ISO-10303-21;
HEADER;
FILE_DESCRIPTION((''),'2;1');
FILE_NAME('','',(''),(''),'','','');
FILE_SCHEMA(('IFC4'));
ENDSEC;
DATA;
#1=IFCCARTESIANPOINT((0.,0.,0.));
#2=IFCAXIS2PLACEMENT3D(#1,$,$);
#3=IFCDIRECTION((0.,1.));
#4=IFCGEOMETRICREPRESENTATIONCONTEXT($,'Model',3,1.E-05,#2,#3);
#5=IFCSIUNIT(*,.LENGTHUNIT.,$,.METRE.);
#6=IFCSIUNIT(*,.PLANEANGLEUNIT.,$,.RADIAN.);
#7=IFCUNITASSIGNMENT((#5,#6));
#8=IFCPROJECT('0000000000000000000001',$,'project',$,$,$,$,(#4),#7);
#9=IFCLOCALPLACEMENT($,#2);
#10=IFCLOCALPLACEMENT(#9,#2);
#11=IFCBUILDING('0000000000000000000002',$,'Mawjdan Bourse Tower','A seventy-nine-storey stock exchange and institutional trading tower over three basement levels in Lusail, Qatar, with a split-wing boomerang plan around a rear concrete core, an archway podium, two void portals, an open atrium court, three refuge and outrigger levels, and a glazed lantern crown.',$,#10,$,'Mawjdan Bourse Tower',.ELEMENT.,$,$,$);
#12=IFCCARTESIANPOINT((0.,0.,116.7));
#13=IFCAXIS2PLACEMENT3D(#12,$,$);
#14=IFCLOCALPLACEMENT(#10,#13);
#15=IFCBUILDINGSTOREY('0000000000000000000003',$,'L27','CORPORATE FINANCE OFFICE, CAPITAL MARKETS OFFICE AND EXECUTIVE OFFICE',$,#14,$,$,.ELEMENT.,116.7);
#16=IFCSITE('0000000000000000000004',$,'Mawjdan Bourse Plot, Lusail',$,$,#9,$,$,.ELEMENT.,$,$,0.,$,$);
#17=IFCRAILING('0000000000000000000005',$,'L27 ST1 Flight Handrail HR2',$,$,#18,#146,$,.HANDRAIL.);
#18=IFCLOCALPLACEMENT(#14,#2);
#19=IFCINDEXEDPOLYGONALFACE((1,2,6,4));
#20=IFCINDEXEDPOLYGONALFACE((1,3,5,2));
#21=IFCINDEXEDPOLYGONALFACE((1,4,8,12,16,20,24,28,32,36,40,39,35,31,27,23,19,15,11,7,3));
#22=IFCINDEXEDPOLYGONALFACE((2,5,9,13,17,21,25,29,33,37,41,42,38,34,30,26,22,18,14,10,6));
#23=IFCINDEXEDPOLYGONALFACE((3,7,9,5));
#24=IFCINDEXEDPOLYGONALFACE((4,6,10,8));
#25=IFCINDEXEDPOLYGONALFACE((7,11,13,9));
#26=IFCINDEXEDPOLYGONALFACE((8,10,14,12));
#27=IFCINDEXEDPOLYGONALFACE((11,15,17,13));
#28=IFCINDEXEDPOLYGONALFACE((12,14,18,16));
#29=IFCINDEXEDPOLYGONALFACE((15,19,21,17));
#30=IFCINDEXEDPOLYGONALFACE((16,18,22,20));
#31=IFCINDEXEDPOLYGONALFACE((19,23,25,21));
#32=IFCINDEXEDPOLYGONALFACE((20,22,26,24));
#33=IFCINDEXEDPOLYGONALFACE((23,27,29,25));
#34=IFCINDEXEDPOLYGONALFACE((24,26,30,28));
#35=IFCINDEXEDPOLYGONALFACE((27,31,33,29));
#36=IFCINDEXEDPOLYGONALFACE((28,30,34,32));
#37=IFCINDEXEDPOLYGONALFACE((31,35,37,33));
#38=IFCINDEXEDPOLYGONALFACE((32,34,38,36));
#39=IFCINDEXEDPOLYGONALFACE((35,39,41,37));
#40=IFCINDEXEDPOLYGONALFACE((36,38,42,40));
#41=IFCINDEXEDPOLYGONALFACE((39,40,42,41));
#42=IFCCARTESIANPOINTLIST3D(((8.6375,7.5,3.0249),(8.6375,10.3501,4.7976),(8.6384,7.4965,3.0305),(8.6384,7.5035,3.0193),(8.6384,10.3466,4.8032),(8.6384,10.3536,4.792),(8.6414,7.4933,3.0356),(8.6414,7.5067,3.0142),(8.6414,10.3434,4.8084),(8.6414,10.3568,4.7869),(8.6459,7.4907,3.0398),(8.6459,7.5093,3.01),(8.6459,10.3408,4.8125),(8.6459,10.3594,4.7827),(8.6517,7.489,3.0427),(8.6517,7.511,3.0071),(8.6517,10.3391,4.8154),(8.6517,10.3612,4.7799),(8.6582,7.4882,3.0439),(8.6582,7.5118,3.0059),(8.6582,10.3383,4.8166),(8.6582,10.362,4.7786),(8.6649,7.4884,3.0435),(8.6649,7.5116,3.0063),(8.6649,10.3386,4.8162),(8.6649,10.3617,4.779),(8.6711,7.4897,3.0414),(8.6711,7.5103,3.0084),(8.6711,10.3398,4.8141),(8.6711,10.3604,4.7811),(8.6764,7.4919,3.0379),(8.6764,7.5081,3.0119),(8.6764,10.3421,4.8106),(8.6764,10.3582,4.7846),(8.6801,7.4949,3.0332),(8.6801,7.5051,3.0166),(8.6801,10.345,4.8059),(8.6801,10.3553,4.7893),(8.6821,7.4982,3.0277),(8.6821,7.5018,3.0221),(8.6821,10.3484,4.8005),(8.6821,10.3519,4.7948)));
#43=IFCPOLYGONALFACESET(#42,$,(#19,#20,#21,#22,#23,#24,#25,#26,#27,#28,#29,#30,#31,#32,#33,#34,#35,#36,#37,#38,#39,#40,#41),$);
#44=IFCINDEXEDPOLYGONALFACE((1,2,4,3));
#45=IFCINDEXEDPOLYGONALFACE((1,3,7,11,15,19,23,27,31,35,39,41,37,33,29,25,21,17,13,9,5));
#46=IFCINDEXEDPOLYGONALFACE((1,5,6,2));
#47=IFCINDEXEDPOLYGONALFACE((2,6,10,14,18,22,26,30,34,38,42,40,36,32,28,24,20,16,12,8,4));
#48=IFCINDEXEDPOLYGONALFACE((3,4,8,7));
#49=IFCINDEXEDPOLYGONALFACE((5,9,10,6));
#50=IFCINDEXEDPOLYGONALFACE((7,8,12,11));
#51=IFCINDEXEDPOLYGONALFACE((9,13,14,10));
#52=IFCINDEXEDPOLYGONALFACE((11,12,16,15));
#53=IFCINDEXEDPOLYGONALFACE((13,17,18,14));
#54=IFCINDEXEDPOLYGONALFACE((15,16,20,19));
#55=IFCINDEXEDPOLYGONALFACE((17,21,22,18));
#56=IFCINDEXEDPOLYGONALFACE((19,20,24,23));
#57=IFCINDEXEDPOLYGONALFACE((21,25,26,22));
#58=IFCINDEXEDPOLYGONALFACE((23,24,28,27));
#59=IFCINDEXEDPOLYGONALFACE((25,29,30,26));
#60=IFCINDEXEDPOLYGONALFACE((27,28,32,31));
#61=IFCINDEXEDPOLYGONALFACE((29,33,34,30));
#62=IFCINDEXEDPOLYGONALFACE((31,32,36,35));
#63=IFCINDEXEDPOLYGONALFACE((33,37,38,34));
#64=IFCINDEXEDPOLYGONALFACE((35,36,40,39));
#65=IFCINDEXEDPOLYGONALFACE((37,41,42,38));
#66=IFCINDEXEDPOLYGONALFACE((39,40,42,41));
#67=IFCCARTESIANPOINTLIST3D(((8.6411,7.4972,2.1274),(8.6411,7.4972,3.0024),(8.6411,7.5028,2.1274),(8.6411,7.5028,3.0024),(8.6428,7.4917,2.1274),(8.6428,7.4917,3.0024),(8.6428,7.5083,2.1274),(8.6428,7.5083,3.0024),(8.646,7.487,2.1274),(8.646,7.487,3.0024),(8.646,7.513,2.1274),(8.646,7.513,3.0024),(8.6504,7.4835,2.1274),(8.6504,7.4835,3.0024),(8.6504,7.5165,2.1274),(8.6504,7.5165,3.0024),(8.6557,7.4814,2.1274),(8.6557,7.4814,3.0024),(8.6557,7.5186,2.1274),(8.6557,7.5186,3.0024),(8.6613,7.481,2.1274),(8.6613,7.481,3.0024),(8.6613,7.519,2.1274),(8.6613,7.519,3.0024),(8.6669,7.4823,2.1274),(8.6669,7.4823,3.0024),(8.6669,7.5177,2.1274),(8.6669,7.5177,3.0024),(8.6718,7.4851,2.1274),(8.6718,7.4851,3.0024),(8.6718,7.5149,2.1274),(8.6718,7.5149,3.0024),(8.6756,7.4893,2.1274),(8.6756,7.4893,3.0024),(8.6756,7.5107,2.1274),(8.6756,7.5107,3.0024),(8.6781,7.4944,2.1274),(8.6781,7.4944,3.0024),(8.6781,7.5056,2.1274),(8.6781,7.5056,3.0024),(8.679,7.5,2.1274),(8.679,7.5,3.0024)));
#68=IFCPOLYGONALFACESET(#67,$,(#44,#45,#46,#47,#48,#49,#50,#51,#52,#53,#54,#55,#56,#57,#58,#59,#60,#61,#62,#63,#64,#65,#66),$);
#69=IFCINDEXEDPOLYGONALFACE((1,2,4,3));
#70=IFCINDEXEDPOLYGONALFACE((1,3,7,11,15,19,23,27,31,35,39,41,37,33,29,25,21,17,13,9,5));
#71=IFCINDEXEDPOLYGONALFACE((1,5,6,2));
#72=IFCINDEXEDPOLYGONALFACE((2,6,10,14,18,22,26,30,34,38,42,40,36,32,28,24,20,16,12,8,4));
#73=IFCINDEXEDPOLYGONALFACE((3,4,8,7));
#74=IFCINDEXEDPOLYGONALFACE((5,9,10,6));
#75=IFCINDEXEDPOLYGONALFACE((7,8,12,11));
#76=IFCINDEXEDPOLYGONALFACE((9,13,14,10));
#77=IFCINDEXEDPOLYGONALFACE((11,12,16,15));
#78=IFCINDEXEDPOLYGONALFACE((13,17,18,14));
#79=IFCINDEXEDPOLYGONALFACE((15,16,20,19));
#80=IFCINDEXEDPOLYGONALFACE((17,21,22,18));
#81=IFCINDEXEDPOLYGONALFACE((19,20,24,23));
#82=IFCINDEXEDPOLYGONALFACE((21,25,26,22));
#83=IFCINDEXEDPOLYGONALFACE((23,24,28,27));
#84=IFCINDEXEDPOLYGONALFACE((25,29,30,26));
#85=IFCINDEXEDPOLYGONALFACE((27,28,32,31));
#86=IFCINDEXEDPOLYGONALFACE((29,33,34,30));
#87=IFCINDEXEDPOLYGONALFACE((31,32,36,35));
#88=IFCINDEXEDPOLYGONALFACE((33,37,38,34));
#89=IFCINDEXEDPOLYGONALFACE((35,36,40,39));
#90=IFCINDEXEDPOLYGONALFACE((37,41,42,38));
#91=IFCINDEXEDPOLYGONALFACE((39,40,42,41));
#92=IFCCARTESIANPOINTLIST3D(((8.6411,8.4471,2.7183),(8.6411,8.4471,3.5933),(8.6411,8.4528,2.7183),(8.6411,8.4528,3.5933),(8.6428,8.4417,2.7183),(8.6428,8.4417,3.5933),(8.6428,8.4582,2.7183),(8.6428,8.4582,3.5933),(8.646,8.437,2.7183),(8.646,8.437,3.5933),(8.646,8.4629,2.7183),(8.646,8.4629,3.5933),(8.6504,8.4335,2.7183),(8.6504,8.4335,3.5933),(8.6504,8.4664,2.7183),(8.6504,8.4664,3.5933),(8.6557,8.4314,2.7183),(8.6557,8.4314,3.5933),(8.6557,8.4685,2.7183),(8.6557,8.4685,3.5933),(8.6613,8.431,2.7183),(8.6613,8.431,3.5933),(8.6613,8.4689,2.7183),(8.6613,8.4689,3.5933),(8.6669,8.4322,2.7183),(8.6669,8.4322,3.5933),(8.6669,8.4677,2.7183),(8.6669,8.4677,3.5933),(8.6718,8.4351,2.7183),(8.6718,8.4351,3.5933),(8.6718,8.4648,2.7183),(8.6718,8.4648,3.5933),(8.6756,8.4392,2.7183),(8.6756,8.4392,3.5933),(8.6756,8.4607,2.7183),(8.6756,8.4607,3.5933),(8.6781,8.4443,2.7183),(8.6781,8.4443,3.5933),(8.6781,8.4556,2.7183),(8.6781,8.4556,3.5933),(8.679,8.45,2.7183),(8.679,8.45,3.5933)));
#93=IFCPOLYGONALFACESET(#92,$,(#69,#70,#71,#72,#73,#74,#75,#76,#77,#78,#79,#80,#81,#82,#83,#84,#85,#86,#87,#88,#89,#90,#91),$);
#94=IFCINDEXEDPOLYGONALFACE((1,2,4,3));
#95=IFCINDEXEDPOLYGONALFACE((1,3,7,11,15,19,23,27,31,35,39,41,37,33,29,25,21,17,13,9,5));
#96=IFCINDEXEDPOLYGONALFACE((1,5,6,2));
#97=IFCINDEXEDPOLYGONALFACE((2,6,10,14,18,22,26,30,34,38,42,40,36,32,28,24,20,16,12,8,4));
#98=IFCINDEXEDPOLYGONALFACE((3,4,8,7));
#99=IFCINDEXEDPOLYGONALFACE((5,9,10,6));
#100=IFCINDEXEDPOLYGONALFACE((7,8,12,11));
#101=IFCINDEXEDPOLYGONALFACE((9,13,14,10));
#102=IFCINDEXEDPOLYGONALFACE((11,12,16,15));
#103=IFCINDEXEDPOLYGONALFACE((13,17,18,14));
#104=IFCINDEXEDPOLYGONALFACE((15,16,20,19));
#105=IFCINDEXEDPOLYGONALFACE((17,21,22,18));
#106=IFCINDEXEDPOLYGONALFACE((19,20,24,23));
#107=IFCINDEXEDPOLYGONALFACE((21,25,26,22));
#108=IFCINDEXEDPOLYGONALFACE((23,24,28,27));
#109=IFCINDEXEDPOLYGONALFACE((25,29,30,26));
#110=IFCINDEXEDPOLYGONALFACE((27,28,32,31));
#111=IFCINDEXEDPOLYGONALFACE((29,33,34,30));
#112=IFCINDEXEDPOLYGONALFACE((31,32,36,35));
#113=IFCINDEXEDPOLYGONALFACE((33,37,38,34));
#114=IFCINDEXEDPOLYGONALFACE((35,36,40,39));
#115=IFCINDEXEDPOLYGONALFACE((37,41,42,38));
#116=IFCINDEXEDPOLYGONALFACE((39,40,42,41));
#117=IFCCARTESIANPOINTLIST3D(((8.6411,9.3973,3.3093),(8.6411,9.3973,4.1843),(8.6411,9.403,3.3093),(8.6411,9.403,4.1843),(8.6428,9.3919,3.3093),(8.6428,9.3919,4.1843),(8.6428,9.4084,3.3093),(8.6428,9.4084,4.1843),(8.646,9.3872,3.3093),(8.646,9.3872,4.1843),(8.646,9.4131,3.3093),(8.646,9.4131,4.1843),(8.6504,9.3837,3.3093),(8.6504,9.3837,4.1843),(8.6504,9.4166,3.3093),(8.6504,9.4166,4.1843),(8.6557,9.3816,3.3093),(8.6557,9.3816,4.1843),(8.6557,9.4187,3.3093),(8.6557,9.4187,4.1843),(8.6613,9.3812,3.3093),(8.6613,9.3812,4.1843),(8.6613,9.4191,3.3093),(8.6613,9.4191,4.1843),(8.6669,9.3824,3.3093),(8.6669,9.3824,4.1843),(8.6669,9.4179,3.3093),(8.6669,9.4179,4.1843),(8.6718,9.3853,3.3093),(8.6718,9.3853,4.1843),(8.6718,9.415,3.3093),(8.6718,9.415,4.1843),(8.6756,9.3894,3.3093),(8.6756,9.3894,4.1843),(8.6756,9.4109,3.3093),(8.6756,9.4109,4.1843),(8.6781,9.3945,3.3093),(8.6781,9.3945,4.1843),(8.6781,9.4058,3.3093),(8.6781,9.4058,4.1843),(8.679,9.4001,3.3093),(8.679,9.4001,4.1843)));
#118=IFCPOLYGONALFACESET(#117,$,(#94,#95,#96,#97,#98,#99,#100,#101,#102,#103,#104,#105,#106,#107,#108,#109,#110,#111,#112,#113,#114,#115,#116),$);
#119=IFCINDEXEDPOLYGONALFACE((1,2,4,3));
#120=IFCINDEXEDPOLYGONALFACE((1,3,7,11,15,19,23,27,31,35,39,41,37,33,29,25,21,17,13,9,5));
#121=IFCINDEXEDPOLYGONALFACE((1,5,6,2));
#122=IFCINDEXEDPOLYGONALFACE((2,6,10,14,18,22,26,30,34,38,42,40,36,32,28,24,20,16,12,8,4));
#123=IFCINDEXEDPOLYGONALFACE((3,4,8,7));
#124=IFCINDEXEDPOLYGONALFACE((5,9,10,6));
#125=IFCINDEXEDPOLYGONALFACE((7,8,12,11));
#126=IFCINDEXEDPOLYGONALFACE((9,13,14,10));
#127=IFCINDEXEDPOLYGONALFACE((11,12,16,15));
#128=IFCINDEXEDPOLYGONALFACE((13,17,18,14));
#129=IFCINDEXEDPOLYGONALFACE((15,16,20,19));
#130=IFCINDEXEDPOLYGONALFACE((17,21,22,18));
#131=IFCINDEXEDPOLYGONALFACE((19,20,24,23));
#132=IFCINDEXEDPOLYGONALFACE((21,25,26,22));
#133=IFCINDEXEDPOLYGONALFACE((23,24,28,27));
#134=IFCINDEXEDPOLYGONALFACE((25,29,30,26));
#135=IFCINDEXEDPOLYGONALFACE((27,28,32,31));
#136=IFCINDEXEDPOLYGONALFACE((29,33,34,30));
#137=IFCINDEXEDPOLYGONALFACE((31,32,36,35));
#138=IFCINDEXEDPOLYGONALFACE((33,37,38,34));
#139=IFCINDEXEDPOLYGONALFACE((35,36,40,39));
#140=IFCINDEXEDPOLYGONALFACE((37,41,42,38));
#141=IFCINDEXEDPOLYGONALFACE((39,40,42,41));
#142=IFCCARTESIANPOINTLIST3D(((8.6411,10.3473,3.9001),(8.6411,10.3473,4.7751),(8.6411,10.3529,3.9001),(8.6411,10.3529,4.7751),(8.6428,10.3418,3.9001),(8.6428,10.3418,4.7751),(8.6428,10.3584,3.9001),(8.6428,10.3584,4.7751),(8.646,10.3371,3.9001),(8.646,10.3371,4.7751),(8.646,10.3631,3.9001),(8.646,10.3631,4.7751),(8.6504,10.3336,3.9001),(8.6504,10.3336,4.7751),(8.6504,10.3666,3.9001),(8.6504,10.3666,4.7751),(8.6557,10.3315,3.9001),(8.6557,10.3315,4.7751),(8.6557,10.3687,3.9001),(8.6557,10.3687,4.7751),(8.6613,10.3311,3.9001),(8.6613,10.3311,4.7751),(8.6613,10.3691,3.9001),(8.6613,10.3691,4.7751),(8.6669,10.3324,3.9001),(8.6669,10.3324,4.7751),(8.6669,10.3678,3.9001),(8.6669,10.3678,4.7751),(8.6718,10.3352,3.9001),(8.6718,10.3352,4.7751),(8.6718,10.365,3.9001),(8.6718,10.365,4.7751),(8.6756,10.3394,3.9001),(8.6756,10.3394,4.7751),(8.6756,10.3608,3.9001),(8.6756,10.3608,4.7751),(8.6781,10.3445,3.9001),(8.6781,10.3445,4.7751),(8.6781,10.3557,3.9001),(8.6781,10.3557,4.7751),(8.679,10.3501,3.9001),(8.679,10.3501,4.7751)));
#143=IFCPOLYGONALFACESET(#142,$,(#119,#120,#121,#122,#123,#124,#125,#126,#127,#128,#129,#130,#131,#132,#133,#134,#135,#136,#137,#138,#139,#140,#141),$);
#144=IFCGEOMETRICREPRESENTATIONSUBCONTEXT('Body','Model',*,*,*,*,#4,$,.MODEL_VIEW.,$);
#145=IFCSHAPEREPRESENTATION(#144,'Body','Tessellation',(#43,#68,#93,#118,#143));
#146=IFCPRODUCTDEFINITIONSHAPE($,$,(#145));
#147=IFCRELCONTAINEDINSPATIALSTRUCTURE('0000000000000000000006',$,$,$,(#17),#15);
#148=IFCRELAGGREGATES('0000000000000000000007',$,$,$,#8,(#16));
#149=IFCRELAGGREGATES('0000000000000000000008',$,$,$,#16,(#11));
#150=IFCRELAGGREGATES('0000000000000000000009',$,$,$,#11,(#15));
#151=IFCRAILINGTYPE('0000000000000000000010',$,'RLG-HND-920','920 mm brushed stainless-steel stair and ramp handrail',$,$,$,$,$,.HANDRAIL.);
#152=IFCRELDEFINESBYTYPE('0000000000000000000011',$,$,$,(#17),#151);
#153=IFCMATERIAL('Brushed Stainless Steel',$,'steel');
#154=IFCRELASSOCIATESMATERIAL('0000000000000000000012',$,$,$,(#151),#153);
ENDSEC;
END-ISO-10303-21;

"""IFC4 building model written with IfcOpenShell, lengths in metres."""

from ifc_helpers import new_model, si_unit, direction, frame, origin, origin_2d, place, context, subcontext, project, spatial, circle, extrude, material, type_object, element, save


model = new_model("IFC4")

# Units and contexts
model_context = context("Model", 3, precision=1e-05, world=origin(), true_north=direction((0.0, 1.0)))
body_context = subcontext(model_context, "Body", "Model", "MODEL_VIEW")
ifc_project = project(units=[si_unit("LENGTHUNIT", "METRE"), si_unit("PLANEANGLEUNIT", "RADIAN")], contexts=[model_context])

# Site, building, storey
site_placement = place(None, origin())
site = spatial("IfcSite", under=ifc_project, at=site_placement, Name="Mawjdan Bourse Plot, Lusail", CompositionType="ELEMENT", RefElevation=0.0)
building_placement = place(site_placement, origin())
building = spatial("IfcBuilding", under=site, at=building_placement, Name="Mawjdan Bourse Tower", Description="A seventy-nine-storey stock exchange and institutional trading tower over three basement levels in Lusail, Qatar, with a split-wing boomerang plan around a rear concrete core, an archway podium, two void portals, an open atrium court, three refuge and outrigger levels, and a glazed lantern crown.", LongName="Mawjdan Bourse Tower", CompositionType="ELEMENT")
storey_placement = place(building_placement, frame((0.0, 0.0, 116.7)))
storey = spatial("IfcBuildingStorey", under=building, at=storey_placement, Name="L27", Description="CORPORATE FINANCE OFFICE, CAPITAL MARKETS OFFICE AND EXECUTIVE OFFICE", CompositionType="ELEMENT", Elevation=116.7)

# Railing
ifc_material_1 = material(Name="Brushed Stainless Steel", Category="steel")
railing_type_1 = type_object("IfcRailingType", Name="RLG-HND-920", Description="920 mm brushed stainless-steel stair and ramp handrail", PredefinedType="HANDRAIL", material=ifc_material_1)
railing_1_placement = place(storey_placement, frame((8.6599, 7.5, 2.1274)))
element("IfcRailing", 1, at=railing_1_placement, inside=storey, type_object=railing_type_1, Name="L27 ST1 Flight Handrail HR2", PredefinedType="HANDRAIL", context=body_context, shape_type="SweptSolid", body=[
    extrude(circle(Radius=0.0225, at=origin_2d()), frame((0.0, 0.0, 0.8975), z_axis=(0.0, 0.849149, 0.528154), x_axis=(-1.0, 0.0, 0.0)), (0.0, 0.0, 1.0), 3.3564),
    extrude(circle(Radius=0.019, at=origin_2d()), origin(), (0.0, 0.0, 1.0), 0.875),
    extrude(circle(Radius=0.019, at=origin_2d()), frame((0.0, 0.95, 0.5908)), (0.0, 0.0, 1.0), 0.875),
    extrude(circle(Radius=0.019, at=origin_2d()), frame((0.0, 1.9001, 1.1819)), (0.0, 0.0, 1.0), 0.875),
    extrude(circle(Radius=0.019, at=origin_2d()), frame((0.0, 2.8501, 1.7727)), (0.0, 0.0, 1.0), 0.875),
])

save(model, "model.ifc")
